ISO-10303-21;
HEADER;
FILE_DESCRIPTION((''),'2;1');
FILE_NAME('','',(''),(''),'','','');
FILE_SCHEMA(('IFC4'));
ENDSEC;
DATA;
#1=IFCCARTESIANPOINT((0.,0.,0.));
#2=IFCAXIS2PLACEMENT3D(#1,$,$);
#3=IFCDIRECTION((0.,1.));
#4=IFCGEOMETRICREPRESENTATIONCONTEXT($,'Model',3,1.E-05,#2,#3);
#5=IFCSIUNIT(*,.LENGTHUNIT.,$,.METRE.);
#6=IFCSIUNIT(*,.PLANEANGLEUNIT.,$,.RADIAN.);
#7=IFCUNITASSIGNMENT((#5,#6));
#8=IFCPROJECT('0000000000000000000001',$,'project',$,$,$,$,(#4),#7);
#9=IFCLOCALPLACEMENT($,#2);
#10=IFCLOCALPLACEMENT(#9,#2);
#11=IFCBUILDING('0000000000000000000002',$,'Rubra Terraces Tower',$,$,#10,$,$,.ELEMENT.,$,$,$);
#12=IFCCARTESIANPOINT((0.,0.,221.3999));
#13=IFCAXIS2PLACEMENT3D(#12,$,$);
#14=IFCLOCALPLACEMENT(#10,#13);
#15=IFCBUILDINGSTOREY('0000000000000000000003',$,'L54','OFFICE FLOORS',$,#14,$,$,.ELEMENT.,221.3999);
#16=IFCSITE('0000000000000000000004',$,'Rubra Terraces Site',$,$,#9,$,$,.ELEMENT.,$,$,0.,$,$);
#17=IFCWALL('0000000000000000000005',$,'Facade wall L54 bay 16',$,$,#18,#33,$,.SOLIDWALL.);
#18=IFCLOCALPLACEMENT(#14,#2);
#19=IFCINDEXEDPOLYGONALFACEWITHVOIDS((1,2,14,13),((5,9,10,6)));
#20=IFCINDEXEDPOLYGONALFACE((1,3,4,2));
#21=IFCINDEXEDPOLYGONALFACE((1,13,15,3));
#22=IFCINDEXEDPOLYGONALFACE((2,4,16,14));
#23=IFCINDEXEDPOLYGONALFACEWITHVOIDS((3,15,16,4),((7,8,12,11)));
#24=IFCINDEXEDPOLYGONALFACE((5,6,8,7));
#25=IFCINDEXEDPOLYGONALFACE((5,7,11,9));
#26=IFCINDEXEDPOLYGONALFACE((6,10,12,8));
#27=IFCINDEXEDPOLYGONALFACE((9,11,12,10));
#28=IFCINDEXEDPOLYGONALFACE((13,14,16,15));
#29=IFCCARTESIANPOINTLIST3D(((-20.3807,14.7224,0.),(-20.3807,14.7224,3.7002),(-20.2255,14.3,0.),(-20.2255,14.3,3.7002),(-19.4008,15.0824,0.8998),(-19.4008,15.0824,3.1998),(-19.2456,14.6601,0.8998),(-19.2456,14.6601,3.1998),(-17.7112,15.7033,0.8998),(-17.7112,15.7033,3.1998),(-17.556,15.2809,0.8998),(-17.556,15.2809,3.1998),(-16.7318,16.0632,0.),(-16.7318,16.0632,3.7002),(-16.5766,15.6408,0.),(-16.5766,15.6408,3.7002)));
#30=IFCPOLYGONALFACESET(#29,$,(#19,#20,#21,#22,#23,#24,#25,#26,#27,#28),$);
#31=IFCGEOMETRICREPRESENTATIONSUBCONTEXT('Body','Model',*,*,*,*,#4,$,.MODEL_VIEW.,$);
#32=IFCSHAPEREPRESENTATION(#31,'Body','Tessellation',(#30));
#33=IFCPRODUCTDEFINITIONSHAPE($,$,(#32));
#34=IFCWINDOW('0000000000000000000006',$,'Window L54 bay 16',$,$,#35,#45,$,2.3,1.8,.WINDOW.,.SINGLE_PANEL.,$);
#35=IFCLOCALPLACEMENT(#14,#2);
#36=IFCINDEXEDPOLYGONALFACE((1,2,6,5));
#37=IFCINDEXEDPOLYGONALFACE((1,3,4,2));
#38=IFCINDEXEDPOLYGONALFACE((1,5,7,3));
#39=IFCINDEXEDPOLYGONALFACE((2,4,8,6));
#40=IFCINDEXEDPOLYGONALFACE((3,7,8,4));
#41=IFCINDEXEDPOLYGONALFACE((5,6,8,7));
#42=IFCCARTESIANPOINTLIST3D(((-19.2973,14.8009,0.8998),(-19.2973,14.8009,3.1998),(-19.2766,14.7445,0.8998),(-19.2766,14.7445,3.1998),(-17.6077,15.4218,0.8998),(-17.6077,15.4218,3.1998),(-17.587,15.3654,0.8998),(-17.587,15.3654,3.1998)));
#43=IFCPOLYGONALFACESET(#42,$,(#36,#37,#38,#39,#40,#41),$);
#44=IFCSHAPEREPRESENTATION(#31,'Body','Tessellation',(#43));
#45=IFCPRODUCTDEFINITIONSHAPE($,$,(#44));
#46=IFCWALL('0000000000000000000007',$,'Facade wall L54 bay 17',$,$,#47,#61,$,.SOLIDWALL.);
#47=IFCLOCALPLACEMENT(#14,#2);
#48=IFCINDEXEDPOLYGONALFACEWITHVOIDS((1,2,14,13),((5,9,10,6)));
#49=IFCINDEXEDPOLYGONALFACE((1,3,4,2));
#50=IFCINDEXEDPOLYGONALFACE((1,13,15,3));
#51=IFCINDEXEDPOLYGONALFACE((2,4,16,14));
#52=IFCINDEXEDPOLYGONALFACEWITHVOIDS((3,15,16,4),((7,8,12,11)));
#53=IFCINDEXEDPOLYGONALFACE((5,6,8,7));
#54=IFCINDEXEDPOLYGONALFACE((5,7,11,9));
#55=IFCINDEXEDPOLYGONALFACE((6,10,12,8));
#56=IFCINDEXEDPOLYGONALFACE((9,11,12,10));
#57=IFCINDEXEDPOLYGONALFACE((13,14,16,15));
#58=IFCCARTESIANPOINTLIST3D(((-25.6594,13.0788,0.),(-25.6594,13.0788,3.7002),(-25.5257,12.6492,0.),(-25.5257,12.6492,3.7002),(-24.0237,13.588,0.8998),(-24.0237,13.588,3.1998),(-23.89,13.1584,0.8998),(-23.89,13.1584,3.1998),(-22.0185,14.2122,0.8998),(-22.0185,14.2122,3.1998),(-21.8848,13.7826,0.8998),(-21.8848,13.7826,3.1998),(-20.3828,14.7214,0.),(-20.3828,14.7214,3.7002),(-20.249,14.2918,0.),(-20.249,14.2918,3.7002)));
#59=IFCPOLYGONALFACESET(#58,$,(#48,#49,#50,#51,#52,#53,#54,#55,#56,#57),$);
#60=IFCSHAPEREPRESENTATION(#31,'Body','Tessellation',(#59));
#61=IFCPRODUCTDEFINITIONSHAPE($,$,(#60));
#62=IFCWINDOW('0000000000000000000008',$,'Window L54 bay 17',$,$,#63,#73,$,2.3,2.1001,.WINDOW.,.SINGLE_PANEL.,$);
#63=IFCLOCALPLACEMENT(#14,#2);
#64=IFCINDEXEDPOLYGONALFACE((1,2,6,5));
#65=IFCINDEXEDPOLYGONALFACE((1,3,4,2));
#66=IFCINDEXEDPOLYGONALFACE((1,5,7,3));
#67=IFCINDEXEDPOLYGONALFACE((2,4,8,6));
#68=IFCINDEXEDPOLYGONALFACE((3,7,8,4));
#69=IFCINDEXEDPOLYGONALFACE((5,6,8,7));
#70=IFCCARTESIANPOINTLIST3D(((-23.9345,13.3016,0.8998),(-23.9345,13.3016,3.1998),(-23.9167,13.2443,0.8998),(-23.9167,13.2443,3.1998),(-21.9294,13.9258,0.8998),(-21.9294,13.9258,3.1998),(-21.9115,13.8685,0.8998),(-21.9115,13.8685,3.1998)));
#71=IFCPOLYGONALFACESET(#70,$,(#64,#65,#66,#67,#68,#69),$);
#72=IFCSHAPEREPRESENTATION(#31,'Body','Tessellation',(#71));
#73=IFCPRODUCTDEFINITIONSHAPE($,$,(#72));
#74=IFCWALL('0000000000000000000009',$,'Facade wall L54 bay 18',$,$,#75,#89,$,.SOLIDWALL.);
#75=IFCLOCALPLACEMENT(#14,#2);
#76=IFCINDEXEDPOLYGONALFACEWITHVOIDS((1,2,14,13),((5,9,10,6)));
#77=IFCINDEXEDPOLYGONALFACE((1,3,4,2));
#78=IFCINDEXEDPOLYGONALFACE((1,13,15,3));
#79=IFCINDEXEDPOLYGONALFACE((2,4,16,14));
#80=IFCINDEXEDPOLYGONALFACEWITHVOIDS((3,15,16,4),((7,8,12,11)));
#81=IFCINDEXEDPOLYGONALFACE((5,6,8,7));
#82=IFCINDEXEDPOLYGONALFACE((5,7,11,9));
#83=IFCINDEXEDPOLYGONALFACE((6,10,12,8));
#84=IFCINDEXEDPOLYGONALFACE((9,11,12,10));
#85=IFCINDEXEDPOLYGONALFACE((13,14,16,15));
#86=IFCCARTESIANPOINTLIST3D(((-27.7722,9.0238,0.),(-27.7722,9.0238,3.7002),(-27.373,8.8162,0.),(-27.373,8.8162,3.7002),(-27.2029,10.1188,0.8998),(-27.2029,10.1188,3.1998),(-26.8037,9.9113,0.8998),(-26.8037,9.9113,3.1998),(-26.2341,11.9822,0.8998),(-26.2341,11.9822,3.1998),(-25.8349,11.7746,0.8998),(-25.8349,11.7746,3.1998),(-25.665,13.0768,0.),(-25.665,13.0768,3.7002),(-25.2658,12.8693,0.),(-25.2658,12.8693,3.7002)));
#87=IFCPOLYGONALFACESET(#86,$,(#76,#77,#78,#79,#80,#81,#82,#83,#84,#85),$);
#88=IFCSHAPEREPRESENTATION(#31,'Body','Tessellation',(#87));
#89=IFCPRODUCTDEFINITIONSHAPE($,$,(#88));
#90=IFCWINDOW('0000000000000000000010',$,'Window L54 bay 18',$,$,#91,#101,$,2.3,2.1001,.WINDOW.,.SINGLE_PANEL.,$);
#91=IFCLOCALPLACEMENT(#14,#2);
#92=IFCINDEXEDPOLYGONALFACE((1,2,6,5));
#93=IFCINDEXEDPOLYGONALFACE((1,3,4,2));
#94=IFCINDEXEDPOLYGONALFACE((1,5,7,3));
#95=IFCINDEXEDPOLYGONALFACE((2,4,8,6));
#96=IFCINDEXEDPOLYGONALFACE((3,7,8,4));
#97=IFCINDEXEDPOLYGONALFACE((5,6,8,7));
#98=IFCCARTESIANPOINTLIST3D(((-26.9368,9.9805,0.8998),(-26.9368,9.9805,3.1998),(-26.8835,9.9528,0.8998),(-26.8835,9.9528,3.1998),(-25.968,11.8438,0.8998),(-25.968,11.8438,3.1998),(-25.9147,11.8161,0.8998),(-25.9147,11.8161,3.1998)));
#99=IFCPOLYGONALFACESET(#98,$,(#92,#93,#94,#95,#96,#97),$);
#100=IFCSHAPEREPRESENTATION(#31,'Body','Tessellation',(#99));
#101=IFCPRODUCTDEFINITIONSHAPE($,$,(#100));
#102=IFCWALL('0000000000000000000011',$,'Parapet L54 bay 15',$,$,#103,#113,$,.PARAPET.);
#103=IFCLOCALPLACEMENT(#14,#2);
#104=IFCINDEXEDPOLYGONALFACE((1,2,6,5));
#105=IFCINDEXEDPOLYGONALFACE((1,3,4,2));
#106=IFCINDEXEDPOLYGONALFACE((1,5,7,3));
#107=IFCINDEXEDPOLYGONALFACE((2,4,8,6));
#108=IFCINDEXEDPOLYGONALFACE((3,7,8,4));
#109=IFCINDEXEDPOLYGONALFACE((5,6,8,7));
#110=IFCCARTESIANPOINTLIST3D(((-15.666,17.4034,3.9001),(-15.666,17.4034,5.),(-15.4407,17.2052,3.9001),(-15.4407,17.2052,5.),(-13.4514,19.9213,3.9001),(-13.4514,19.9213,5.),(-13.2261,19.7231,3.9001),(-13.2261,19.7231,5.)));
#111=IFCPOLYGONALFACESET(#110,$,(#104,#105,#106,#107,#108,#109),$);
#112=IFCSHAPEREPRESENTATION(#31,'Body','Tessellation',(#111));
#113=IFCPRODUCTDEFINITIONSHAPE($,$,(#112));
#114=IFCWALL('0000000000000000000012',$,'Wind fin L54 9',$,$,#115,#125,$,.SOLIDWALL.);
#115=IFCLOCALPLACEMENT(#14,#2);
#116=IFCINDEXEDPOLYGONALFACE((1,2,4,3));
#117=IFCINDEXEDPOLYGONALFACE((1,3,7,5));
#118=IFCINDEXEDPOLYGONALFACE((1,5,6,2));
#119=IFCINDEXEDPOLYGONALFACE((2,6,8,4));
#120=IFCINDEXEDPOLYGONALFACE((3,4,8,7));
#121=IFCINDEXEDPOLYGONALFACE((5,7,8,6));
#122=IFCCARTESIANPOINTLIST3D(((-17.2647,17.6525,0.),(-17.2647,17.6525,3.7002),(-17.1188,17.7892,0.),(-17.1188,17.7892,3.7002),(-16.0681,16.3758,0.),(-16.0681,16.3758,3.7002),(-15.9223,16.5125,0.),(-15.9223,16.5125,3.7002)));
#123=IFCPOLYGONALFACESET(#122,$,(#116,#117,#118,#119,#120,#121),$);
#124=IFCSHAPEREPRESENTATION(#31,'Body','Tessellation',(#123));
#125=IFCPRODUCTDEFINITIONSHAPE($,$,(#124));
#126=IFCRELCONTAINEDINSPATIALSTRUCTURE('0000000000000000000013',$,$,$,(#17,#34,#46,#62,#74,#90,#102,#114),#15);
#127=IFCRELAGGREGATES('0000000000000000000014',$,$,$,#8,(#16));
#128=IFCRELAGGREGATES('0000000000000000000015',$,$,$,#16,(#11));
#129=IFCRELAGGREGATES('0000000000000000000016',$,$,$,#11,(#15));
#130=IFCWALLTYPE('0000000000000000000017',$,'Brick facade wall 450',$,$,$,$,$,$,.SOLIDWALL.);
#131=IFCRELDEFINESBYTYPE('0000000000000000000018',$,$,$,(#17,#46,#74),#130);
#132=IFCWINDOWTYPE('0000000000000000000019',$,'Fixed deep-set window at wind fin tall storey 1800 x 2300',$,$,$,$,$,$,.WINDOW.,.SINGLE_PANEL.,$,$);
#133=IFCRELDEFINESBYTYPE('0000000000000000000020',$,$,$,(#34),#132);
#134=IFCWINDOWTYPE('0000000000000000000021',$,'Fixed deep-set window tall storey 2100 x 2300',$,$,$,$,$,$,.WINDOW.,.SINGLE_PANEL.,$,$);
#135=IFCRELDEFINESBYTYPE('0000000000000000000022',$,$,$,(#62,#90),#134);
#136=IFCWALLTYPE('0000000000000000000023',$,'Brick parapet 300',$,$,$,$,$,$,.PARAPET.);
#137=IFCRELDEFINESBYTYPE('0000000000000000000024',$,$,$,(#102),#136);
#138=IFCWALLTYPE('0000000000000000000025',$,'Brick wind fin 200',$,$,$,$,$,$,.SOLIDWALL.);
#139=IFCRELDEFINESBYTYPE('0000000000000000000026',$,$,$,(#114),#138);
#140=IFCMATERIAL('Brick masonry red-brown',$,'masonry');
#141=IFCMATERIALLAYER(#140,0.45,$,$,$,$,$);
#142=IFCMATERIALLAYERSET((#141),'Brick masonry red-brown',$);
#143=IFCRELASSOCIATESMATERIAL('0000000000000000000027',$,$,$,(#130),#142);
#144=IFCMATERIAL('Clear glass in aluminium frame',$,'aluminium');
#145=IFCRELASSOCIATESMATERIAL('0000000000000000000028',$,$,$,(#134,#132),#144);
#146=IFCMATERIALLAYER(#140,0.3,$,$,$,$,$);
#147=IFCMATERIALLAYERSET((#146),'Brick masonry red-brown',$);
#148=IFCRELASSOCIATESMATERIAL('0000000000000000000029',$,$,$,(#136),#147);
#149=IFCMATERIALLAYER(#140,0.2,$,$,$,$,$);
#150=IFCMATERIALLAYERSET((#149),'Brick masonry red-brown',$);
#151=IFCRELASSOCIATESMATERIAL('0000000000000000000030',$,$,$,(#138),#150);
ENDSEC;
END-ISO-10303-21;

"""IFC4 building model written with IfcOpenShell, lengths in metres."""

from ifc_helpers import new_model, si_unit, direction, frame, frame_2d, origin, place, context, subcontext, project, spatial, rectangle, extrude, material, layer, layer_set, type_object, element, fill, save


model = new_model("IFC4")

# Units and contexts
model_context = context("Model", 3, precision=1e-05, world=origin(), true_north=direction((0.0, 1.0)))
body_context = subcontext(model_context, "Body", "Model", "MODEL_VIEW")
ifc_project = project(units=[si_unit("LENGTHUNIT", "METRE"), si_unit("PLANEANGLEUNIT", "RADIAN")], contexts=[model_context])

# Site, building, storey
site_placement = place(None, origin())
site = spatial("IfcSite", under=ifc_project, at=site_placement, Name="Rubra Terraces Site", CompositionType="ELEMENT", RefElevation=0.0)
building_placement = place(site_placement, origin())
building = spatial("IfcBuilding", under=site, at=building_placement, Name="Rubra Terraces Tower", CompositionType="ELEMENT")
storey_placement = place(building_placement, frame((0.0, 0.0, 221.3999)))
storey = spatial("IfcBuildingStorey", under=building, at=storey_placement, Name="L54", Description="OFFICE FLOORS", CompositionType="ELEMENT", Elevation=221.3999)

# Walls, openings, windows
ifc_material_1 = material(Name="Brick masonry red-brown", Category="masonry")
ifc_layer_1 = layer(ifc_material_1, 0.45)
ifc_layer_set_1 = layer_set([ifc_layer_1], Name="Brick masonry red-brown")
wall_type_1 = type_object("IfcWallType", Name="Brick facade wall 450", PredefinedType="SOLIDWALL", material=ifc_layer_set_1)
ifc_material_2 = material(Name="Clear glass in aluminium frame", Category="aluminium")
window_type_1 = type_object("IfcWindowType", Name="Fixed deep-set window tall storey 2100 x 2300", PartitioningType="SINGLE_PANEL", PredefinedType="WINDOW", material=ifc_material_2)
wall_1_placement = place(storey_placement, frame((-16.6541, 15.8521, 0.0), z_axis=(0.0, 0.0, 1.0), x_axis=(-0.938637, -0.344908, 0.0)))
wall_1 = element("IfcWall", 1, at=wall_1_placement, inside=storey, type_object=wall_type_1, Name="Facade wall L54 bay 16", PredefinedType="SOLIDWALL", context=body_context, shape_type="SweptSolid", body=[
    extrude(rectangle(XDim=3.8875, YDim=0.45, at=frame_2d((1.9438, 0.0))), origin(), (0.0, 0.0, 1.0), 3.7002),
])
opening_1_placement = place(wall_1_placement, frame((1.0437, 0.0, 0.8999)))
opening_1 = element("IfcOpeningElement", 2, at=opening_1_placement, cuts=wall_1, PredefinedType="OPENING", context=body_context, shape_type="SweptSolid", body=[
    extrude(rectangle(XDim=1.8, YDim=2.3, at=frame_2d((0.8999, 1.1499))), frame((0.0, 0.2349, 0.0), z_axis=(0.0, -1.0, 0.0), x_axis=(1.0, 0.0, 0.0)), (0.0, 0.0, 1.0), 0.47),
])
window_type_2 = type_object("IfcWindowType", Name="Fixed deep-set window at wind fin tall storey 1800 x 2300", PartitioningType="SINGLE_PANEL", PredefinedType="WINDOW", material=ifc_material_2)
window_1_placement = place(opening_1_placement, origin())
window_1 = element("IfcWindow", 3, at=window_1_placement, inside=storey, type_object=window_type_2, Name="Window L54 bay 16", OverallHeight=2.3, OverallWidth=1.8, PartitioningType="SINGLE_PANEL", PredefinedType="WINDOW", context=body_context, shape_type="SweptSolid", body=[
    extrude(rectangle(XDim=1.8, YDim=2.3, at=frame_2d((0.8999, 1.1499))), frame((0.0, 0.135, 0.0), z_axis=(0.0, -1.0, 0.0), x_axis=(1.0, 0.0, 0.0)), (0.0, 0.0, 1.0), 0.0601),
])
fill(opening_1, window_1)
wall_2_placement = place(storey_placement, frame((-20.3159, 14.5066, 0.0), z_axis=(0.0, 0.0, 1.0), x_axis=(-0.954807, -0.297226, 0.0)))
wall_2 = element("IfcWall", 4, at=wall_2_placement, inside=storey, type_object=wall_type_1, Name="Facade wall L54 bay 17", PredefinedType="SOLIDWALL", context=body_context, shape_type="SweptSolid", body=[
    extrude(rectangle(XDim=5.5264, YDim=0.45, at=frame_2d((2.7632, 0.0))), origin(), (0.0, 0.0, 1.0), 3.7002),
])
opening_2_placement = place(wall_2_placement, frame((1.7131, 0.0, 0.8999)))
opening_2 = element("IfcOpeningElement", 5, at=opening_2_placement, cuts=wall_2, PredefinedType="OPENING", context=body_context, shape_type="SweptSolid", body=[
    extrude(rectangle(XDim=2.1001, YDim=2.3, at=frame_2d((1.05, 1.1499))), frame((0.0, 0.2349, 0.0), z_axis=(0.0, -1.0, 0.0), x_axis=(1.0, 0.0, 0.0)), (0.0, 0.0, 1.0), 0.47),
])
window_2_placement = place(opening_2_placement, origin())
window_2 = element("IfcWindow", 6, at=window_2_placement, inside=storey, type_object=window_type_1, Name="Window L54 bay 17", OverallHeight=2.3, OverallWidth=2.1001, PartitioningType="SINGLE_PANEL", PredefinedType="WINDOW", context=body_context, shape_type="SweptSolid", body=[
    extrude(rectangle(XDim=2.1001, YDim=2.3, at=frame_2d((1.05, 1.1499))), frame((0.0, 0.135, 0.0), z_axis=(0.0, -1.0, 0.0), x_axis=(1.0, 0.0, 0.0)), (0.0, 0.0, 1.0), 0.0601),
])
fill(opening_2, window_2)
wall_3_placement = place(storey_placement, frame((-25.4653, 12.9731, 0.0), z_axis=(0.0, 0.0, 1.0), x_axis=(-0.461289, -0.88725, 0.0)))
wall_3 = element("IfcWall", 7, at=wall_3_placement, inside=storey, type_object=wall_type_1, Name="Facade wall L54 bay 18", PredefinedType="SOLIDWALL", context=body_context, shape_type="SweptSolid", body=[
    extrude(rectangle(XDim=4.5681, YDim=0.45, at=frame_2d((2.2842, 0.0))), origin(), (0.0, 0.0, 1.0), 3.7002),
])
opening_3_placement = place(wall_3_placement, frame((1.2339, 0.0, 0.8999)))
opening_3 = element("IfcOpeningElement", 8, at=opening_3_placement, cuts=wall_3, PredefinedType="OPENING", context=body_context, shape_type="SweptSolid", body=[
    extrude(rectangle(XDim=2.1001, YDim=2.3, at=frame_2d((1.05, 1.1499))), frame((0.0, 0.2349, 0.0), z_axis=(0.0, -1.0, 0.0), x_axis=(1.0, 0.0, 0.0)), (0.0, 0.0, 1.0), 0.47),
])
window_3_placement = place(opening_3_placement, origin())
window_3 = element("IfcWindow", 9, at=window_3_placement, inside=storey, type_object=window_type_1, Name="Window L54 bay 18", OverallHeight=2.3, OverallWidth=2.1001, PartitioningType="SINGLE_PANEL", PredefinedType="WINDOW", context=body_context, shape_type="SweptSolid", body=[
    extrude(rectangle(XDim=2.1001, YDim=2.3, at=frame_2d((1.05, 1.1499))), frame((0.0, 0.135, 0.0), z_axis=(0.0, -1.0, 0.0), x_axis=(1.0, 0.0, 0.0)), (0.0, 0.0, 1.0), 0.0601),
])
fill(opening_3, window_3)

# Walls
ifc_layer_2 = layer(ifc_material_1, 0.3)
ifc_layer_set_2 = layer_set([ifc_layer_2], Name="Brick masonry red-brown")
wall_type_2 = type_object("IfcWallType", Name="Brick parapet 300", PredefinedType="PARAPET", material=ifc_layer_set_2)
wall_4_placement = place(storey_placement, frame((-13.3386, 19.8223, 3.9001), z_axis=(0.0, 0.0, 1.0), x_axis=(-0.660446, -0.750874, 0.0)))
element("IfcWall", 10, at=wall_4_placement, inside=storey, type_object=wall_type_2, Name="Parapet L54 bay 15", PredefinedType="PARAPET", context=body_context, shape_type="SweptSolid", body=[
    extrude(rectangle(XDim=3.3533, YDim=0.3, at=frame_2d((1.6768, 0.0))), origin(), (0.0, 0.0, 1.0), 1.0999),
])
ifc_layer_3 = layer(ifc_material_1, 0.2)
ifc_layer_set_3 = layer_set([ifc_layer_3], Name="Brick masonry red-brown")
wall_type_3 = type_object("IfcWallType", Name="Brick wind fin 200", PredefinedType="SOLIDWALL", material=ifc_layer_set_3)
wall_5_placement = place(storey_placement, frame((-15.9951, 16.4441, 0.0), z_axis=(0.0, 0.0, 1.0), x_axis=(-0.683853, 0.72962, 0.0)))
element("IfcWall", 11, at=wall_5_placement, inside=storey, type_object=wall_type_3, Name="Wind fin L54 9", PredefinedType="SOLIDWALL", context=body_context, shape_type="SweptSolid", body=[
    extrude(rectangle(XDim=1.7498, YDim=0.2, at=frame_2d((0.875, 0.0))), origin(), (0.0, 0.0, 1.0), 3.7002),
])

save(model, "model.ifc")
